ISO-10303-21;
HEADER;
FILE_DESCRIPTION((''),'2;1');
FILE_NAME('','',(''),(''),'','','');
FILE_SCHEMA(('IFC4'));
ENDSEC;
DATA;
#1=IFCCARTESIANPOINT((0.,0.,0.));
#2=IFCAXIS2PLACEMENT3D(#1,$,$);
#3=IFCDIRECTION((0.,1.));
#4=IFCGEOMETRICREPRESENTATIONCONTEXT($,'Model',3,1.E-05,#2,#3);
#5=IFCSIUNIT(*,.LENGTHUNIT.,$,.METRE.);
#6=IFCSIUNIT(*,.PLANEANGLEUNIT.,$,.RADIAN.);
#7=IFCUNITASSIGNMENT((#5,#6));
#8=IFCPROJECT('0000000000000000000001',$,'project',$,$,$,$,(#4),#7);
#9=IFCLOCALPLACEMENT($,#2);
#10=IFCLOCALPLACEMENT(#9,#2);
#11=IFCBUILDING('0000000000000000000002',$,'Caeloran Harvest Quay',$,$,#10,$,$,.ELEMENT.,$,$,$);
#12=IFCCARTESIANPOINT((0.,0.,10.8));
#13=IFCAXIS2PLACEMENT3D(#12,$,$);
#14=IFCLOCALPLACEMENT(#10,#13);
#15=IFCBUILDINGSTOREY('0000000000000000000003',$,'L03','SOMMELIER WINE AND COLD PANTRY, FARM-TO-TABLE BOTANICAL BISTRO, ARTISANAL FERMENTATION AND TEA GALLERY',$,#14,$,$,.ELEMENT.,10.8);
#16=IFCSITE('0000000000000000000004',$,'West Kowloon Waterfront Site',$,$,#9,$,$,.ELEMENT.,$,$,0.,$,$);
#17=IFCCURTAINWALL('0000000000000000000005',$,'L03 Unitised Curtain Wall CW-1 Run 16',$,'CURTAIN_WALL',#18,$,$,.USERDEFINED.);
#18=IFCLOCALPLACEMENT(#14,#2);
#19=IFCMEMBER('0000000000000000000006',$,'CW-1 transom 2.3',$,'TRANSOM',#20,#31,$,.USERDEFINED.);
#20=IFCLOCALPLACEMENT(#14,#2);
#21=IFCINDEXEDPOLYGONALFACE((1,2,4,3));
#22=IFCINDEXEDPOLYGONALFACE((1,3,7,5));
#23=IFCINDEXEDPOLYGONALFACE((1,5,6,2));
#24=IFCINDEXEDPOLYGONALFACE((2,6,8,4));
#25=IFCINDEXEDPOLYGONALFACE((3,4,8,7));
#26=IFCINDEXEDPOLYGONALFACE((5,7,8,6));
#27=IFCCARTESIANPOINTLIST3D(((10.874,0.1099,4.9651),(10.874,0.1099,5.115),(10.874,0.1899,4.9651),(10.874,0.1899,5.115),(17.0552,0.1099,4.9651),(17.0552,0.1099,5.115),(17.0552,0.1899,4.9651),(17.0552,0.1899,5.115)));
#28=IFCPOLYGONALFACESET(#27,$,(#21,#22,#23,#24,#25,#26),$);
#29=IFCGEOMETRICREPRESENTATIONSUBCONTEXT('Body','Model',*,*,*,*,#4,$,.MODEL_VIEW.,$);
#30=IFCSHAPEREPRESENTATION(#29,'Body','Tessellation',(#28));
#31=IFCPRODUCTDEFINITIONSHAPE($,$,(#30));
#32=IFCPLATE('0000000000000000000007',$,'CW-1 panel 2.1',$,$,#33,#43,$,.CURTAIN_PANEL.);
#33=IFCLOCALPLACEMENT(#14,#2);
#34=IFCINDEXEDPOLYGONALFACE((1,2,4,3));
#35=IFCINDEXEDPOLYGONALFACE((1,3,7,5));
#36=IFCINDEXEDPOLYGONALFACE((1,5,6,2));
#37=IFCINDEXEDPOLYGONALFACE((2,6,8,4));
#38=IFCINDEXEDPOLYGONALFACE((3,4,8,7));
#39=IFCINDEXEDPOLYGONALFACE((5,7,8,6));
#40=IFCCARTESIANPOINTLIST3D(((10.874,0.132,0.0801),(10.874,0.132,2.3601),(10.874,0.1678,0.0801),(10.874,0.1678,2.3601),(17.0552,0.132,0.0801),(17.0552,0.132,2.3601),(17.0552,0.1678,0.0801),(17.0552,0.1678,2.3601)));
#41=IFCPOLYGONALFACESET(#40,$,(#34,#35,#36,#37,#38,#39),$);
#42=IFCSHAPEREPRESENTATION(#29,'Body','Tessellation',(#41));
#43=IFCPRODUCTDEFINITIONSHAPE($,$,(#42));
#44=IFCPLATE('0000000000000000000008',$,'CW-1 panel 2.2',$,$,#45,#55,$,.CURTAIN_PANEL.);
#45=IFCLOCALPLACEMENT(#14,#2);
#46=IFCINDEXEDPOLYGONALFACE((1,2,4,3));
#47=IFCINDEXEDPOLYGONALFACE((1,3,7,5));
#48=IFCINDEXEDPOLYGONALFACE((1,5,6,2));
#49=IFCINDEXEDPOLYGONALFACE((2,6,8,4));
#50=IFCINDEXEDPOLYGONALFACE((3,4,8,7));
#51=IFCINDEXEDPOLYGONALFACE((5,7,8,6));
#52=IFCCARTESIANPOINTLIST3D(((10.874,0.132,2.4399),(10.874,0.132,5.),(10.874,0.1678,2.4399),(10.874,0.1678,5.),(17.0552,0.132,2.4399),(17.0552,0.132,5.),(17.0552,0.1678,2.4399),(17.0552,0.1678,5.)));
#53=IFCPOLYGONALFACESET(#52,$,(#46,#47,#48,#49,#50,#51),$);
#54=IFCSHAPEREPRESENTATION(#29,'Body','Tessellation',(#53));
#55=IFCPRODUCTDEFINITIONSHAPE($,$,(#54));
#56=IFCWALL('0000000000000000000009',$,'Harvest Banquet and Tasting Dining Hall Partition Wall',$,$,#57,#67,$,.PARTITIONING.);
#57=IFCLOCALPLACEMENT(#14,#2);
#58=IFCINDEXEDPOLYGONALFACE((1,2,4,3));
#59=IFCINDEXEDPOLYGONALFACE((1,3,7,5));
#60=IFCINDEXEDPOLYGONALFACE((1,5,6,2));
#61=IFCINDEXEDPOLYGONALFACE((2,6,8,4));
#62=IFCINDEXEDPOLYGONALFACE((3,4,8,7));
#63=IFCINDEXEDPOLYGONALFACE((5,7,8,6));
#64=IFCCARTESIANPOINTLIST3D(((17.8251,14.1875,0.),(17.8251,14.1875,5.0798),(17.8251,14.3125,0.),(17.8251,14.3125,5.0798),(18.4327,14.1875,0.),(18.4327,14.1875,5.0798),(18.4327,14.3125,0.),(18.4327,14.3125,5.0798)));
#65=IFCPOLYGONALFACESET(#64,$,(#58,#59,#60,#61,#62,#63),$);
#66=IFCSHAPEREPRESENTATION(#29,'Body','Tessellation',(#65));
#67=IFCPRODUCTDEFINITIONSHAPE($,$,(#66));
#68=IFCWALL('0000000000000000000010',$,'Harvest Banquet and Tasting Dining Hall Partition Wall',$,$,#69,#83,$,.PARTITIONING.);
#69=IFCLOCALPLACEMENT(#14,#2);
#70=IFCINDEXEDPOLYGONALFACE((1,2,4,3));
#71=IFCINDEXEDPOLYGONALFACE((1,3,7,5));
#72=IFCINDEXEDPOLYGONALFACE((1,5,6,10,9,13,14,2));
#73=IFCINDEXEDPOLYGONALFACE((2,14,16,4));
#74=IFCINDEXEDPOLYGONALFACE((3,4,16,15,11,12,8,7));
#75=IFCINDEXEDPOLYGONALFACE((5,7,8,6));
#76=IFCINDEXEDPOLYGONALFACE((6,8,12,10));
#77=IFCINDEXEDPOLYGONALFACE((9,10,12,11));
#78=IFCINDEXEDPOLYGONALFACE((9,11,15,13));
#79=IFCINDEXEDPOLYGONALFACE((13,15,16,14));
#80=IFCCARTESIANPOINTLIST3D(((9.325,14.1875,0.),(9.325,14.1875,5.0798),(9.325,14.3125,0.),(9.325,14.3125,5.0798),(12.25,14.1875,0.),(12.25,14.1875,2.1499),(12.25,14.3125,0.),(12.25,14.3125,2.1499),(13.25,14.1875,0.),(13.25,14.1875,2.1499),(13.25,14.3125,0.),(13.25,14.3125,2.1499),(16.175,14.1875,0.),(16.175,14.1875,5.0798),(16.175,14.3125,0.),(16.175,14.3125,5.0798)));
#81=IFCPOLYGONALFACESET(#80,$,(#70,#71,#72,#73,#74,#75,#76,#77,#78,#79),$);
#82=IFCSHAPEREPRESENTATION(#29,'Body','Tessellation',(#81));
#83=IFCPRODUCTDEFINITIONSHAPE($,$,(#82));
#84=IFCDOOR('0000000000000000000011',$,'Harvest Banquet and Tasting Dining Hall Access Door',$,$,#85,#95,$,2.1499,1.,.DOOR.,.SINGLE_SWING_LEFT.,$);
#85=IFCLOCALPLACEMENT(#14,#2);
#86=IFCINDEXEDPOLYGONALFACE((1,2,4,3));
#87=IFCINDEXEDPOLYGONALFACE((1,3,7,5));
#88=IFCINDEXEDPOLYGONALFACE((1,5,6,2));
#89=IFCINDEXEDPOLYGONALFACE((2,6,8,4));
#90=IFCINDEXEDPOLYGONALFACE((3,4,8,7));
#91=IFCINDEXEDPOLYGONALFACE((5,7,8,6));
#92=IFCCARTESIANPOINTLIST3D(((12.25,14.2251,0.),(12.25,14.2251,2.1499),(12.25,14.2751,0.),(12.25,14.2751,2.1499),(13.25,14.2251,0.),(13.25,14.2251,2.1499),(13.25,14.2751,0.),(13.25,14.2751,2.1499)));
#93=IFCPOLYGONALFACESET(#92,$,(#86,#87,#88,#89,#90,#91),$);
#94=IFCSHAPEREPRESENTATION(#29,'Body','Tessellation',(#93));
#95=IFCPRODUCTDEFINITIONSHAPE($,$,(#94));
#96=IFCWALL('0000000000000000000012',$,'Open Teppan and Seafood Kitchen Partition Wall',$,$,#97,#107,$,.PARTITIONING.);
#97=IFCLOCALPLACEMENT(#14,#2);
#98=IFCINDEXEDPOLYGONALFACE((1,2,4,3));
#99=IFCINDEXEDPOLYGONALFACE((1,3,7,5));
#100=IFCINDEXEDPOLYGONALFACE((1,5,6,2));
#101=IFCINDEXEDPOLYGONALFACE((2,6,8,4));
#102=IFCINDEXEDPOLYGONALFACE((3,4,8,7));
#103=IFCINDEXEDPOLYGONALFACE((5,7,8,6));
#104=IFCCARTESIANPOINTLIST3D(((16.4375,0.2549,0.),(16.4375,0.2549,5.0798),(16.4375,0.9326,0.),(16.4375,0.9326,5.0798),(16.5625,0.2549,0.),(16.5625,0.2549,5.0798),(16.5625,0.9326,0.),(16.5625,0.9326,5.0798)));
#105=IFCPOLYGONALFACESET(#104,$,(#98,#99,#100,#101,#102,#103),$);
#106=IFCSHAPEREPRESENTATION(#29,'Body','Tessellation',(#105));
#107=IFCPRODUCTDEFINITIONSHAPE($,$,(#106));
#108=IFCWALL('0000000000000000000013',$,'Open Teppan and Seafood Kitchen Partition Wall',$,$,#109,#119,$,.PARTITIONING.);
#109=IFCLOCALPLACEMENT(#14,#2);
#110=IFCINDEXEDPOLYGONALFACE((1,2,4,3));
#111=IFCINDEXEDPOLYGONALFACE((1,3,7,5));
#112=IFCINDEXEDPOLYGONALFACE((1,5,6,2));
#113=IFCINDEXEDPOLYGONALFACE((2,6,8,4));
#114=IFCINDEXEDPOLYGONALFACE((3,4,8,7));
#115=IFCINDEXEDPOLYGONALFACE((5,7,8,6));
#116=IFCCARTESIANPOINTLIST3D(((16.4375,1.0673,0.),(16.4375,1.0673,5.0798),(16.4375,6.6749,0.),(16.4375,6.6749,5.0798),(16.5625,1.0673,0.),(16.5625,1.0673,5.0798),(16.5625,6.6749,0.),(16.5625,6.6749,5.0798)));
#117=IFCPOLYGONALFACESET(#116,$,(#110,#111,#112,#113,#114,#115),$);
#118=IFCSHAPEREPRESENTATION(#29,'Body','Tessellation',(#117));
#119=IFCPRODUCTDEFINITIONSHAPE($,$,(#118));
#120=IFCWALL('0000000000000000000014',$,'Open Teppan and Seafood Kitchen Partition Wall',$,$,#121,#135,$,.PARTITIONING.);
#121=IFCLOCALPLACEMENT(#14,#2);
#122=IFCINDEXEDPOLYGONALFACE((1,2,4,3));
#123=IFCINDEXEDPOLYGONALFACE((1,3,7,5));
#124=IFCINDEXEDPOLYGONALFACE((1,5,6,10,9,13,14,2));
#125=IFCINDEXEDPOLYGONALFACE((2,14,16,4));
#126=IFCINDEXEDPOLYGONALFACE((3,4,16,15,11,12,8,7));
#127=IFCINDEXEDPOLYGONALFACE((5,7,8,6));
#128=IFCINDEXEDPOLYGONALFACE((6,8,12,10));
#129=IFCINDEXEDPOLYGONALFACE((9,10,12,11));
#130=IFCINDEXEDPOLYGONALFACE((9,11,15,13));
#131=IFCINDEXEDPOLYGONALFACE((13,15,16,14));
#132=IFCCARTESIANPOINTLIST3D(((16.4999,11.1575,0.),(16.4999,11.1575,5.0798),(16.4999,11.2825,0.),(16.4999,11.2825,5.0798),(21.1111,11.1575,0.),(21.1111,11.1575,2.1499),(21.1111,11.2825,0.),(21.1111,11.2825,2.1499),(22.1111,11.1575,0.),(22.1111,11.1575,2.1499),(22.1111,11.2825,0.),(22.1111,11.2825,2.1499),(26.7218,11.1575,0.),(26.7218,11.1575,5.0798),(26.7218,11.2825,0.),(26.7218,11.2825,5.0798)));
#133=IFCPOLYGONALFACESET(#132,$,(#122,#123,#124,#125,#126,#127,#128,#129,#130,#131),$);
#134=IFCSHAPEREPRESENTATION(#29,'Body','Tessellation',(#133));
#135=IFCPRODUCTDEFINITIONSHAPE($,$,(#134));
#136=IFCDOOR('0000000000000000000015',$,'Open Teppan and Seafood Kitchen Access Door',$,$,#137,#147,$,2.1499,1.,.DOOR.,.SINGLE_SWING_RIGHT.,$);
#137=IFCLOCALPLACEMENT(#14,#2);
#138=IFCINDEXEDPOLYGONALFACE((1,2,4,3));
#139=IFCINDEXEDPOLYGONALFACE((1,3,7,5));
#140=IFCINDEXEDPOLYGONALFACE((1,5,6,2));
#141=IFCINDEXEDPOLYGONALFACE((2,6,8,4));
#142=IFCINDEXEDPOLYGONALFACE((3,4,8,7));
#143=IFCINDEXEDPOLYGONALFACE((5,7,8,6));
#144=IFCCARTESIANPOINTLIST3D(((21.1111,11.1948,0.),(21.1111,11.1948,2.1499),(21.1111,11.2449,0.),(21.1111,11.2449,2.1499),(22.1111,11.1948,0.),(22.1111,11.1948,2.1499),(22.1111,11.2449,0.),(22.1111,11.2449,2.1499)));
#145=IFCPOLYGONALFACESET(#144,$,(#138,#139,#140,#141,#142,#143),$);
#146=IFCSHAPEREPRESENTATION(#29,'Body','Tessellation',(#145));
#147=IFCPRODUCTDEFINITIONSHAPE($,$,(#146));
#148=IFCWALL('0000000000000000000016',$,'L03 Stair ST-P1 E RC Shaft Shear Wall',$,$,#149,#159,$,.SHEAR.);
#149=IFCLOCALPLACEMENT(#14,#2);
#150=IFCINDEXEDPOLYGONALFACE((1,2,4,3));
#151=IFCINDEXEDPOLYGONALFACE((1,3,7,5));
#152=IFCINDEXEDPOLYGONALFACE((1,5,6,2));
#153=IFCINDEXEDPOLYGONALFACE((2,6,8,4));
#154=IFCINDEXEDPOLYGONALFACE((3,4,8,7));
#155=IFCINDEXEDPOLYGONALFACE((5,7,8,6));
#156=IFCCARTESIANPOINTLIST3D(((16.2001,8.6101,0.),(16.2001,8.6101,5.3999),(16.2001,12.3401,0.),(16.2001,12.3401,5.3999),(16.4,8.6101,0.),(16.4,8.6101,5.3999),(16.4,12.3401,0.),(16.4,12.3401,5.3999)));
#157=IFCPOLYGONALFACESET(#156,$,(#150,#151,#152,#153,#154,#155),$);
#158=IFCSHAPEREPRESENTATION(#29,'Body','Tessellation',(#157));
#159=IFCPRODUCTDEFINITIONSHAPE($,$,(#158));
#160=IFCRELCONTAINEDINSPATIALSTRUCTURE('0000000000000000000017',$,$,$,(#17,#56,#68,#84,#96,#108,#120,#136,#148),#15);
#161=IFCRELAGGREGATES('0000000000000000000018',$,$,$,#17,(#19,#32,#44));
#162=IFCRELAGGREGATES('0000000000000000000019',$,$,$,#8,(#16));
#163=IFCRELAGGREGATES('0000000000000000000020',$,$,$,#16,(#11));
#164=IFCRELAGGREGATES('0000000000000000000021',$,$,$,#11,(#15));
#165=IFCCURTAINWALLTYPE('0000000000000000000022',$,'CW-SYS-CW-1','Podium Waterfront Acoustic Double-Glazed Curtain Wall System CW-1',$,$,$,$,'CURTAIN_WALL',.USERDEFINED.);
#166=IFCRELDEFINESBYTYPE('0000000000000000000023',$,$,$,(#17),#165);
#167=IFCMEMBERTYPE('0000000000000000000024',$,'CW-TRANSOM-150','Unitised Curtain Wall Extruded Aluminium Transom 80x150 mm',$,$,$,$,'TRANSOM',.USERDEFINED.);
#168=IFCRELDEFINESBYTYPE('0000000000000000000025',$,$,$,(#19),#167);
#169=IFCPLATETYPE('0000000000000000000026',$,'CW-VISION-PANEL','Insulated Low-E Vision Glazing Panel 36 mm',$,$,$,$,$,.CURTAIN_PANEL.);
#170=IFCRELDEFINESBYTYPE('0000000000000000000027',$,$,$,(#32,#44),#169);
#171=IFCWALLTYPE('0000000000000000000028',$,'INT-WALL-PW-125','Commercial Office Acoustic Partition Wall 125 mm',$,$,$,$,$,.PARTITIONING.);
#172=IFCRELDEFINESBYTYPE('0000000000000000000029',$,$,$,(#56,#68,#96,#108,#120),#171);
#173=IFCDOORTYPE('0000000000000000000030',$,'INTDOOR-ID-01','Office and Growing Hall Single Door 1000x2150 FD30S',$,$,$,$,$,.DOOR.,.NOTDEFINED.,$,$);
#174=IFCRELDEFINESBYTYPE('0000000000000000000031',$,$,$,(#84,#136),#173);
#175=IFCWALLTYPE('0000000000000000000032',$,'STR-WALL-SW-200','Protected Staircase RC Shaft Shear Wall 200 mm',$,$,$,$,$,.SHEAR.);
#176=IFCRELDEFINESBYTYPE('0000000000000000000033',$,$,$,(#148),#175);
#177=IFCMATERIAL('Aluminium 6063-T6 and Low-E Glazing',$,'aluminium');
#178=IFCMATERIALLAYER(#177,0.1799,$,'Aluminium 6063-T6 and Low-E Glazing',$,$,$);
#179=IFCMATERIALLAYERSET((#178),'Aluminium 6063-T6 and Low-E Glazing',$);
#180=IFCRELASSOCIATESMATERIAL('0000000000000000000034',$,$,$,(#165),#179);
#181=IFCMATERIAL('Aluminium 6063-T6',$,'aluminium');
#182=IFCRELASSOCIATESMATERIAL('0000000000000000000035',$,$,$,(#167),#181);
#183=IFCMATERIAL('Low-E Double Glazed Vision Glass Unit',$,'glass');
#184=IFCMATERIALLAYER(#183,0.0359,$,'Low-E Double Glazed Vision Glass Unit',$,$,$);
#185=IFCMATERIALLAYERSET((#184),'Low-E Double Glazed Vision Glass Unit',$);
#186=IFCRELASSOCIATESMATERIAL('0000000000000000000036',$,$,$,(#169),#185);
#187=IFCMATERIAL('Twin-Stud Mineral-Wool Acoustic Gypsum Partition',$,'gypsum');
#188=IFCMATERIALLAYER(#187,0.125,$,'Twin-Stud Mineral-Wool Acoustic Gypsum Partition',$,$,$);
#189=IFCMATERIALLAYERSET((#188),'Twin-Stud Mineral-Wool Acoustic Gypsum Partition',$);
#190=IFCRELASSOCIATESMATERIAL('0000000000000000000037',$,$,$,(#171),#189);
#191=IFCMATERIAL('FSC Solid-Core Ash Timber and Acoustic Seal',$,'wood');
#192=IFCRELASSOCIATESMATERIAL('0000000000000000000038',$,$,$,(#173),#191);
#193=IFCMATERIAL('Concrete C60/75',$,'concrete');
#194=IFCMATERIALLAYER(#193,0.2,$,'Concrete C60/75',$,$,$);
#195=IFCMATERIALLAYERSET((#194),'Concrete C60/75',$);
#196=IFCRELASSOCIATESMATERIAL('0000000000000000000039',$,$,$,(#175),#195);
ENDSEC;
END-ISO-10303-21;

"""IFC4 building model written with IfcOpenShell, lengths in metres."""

from ifc_helpers import new_model, si_unit, direction, frame, frame_2d, origin, origin_2d, place, context, subcontext, project, spatial, rectangle, extrude, material, layer, layer_set, material_profile, profile_set, type_object, element, fill, aggregate, save


model = new_model("IFC4")

# Units and contexts
model_context = context("Model", 3, precision=1e-05, world=origin(), true_north=direction((0.0, 1.0)))
body_context = subcontext(model_context, "Body", "Model", "MODEL_VIEW")
ifc_project = project(units=[si_unit("LENGTHUNIT", "METRE"), si_unit("PLANEANGLEUNIT", "RADIAN")], contexts=[model_context])

# Site, building, storey
site_placement = place(None, origin())
site = spatial("IfcSite", under=ifc_project, at=site_placement, Name="West Kowloon Waterfront Site", CompositionType="ELEMENT", RefElevation=0.0)
building_placement = place(site_placement, origin())
building = spatial("IfcBuilding", under=site, at=building_placement, Name="Caeloran Harvest Quay", CompositionType="ELEMENT")
storey_placement = place(building_placement, frame((0.0, 0.0, 10.8)))
storey = spatial("IfcBuildingStorey", under=building, at=storey_placement, Name="L03", Description="SOMMELIER WINE AND COLD PANTRY, FARM-TO-TABLE BOTANICAL BISTRO, ARTISANAL FERMENTATION AND TEA GALLERY", CompositionType="ELEMENT", Elevation=10.8)

# Curtain wall, member, plates
ifc_material_1 = material(Name="Aluminium 6063-T6 and Low-E Glazing", Category="aluminium")
ifc_layer_1 = layer(ifc_material_1, 0.1799, Name="Aluminium 6063-T6 and Low-E Glazing")
ifc_layer_set_1 = layer_set([ifc_layer_1], Name="Aluminium 6063-T6 and Low-E Glazing")
curtain_wall_type = type_object("IfcCurtainWallType", Name="CW-SYS-CW-1", Description="Podium Waterfront Acoustic Double-Glazed Curtain Wall System CW-1", ElementType="CURTAIN_WALL", PredefinedType="USERDEFINED", material=ifc_layer_set_1)
curtain_wall_placement = place(storey_placement, origin())
curtain_wall = element("IfcCurtainWall", 1, at=curtain_wall_placement, inside=storey, type_object=curtain_wall_type, Name="L03 Unitised Curtain Wall CW-1 Run 16", ObjectType="CURTAIN_WALL", PredefinedType="USERDEFINED")
ifc_material_2 = material(Name="Aluminium 6063-T6", Category="aluminium")
ifc_material_profile_1 = material_profile(ifc_material_2, rectangle(XDim=0.0801, YDim=0.1499, at=origin_2d()), Name="CW-TRANSOM-150")
ifc_profile_set_1 = profile_set([ifc_material_profile_1], Name="Aluminium 6063-T6")
member_type_1 = type_object("IfcMemberType", Name="CW-TRANSOM-150", Description="Unitised Curtain Wall Extruded Aluminium Transom 80x150 mm", ElementType="TRANSOM", PredefinedType="USERDEFINED", material=ifc_profile_set_1)
member_1_placement = place(storey_placement, frame((17.0552, 0.1499, 5.04), z_axis=(-1.0, 0.0, 0.0), x_axis=(0.0, -1.0, 0.0)))
member_1 = element("IfcMember", 2, at=member_1_placement, type_object=member_type_1, Name="CW-1 transom 2.3", ObjectType="TRANSOM", PredefinedType="USERDEFINED", context=body_context, shape_type="SweptSolid", body=[
    extrude(rectangle(XDim=0.0801, YDim=0.1499, at=origin_2d()), origin(), (0.0, 0.0, 1.0), 6.1812),
])
ifc_material_3 = material(Name="Low-E Double Glazed Vision Glass Unit", Category="glass")
ifc_layer_2 = layer(ifc_material_3, 0.0359, Name="Low-E Double Glazed Vision Glass Unit")
ifc_layer_set_2 = layer_set([ifc_layer_2], Name="Low-E Double Glazed Vision Glass Unit")
plate_type = type_object("IfcPlateType", Name="CW-VISION-PANEL", Description="Insulated Low-E Vision Glazing Panel 36 mm", PredefinedType="CURTAIN_PANEL", material=ifc_layer_set_2)
plate_1_placement = place(storey_placement, frame((13.9646, 0.1499, 0.0801), z_axis=(0.0, 0.0, 1.0), x_axis=(-1.0, 0.0, 0.0)))
plate_1 = element("IfcPlate", 3, at=plate_1_placement, type_object=plate_type, Name="CW-1 panel 2.1", PredefinedType="CURTAIN_PANEL", context=body_context, shape_type="SweptSolid", body=[
    extrude(rectangle(XDim=6.1812, YDim=0.0359, at=origin_2d()), origin(), (0.0, 0.0, 1.0), 2.28),
])
plate_2_placement = place(storey_placement, frame((13.9646, 0.1499, 2.4399), z_axis=(0.0, 0.0, 1.0), x_axis=(-1.0, 0.0, 0.0)))
plate_2 = element("IfcPlate", 4, at=plate_2_placement, type_object=plate_type, Name="CW-1 panel 2.2", PredefinedType="CURTAIN_PANEL", context=body_context, shape_type="SweptSolid", body=[
    extrude(rectangle(XDim=6.1812, YDim=0.0359, at=origin_2d()), origin(), (0.0, 0.0, 1.0), 2.5601),
])
aggregate(curtain_wall, [member_1, plate_1, plate_2])

# Wall
ifc_material_4 = material(Name="Twin-Stud Mineral-Wool Acoustic Gypsum Partition", Category="gypsum")
ifc_layer_3 = layer(ifc_material_4, 0.125, Name="Twin-Stud Mineral-Wool Acoustic Gypsum Partition")
ifc_layer_set_3 = layer_set([ifc_layer_3], Name="Twin-Stud Mineral-Wool Acoustic Gypsum Partition")
wall_type_1 = type_object("IfcWallType", Name="INT-WALL-PW-125", Description="Commercial Office Acoustic Partition Wall 125 mm", PredefinedType="PARTITIONING", material=ifc_layer_set_3)
wall_1_placement = place(storey_placement, frame((18.4326, 14.25, 0.0), z_axis=(0.0, 0.0, 1.0), x_axis=(-1.0, 0.0, 0.0)))
element("IfcWall", 5, at=wall_1_placement, inside=storey, type_object=wall_type_1, Name="Harvest Banquet and Tasting Dining Hall Partition Wall", PredefinedType="PARTITIONING", context=body_context, shape_type="SweptSolid", body=[
    extrude(rectangle(XDim=0.6077, YDim=0.125, at=frame_2d((0.3037, 0.0))), origin(), (0.0, 0.0, 1.0), 5.0798),
])

# Wall, opening, door
wall_2_placement = place(storey_placement, frame((16.175, 14.25, 0.0), z_axis=(0.0, 0.0, 1.0), x_axis=(-1.0, 0.0, 0.0)))
wall_2 = element("IfcWall", 6, at=wall_2_placement, inside=storey, type_object=wall_type_1, Name="Harvest Banquet and Tasting Dining Hall Partition Wall", PredefinedType="PARTITIONING", context=body_context, shape_type="SweptSolid", body=[
    extrude(rectangle(XDim=6.8501, YDim=0.125, at=frame_2d((3.425, 0.0))), origin(), (0.0, 0.0, 1.0), 5.0798),
])
opening_1_placement = place(wall_2_placement, frame((2.925, 0.0, 0.0)))
opening_1 = element("IfcOpeningElement", 7, at=opening_1_placement, cuts=wall_2, PredefinedType="OPENING", context=body_context, shape_type="SweptSolid", body=[
    extrude(rectangle(XDim=1.0, YDim=2.1499, at=frame_2d((0.5, 1.075))), frame((0.0, 0.0725, 0.0), z_axis=(0.0, -1.0, 0.0), x_axis=(1.0, 0.0, 0.0)), (0.0, 0.0, 1.0), 0.145),
])
ifc_material_5 = material(Name="FSC Solid-Core Ash Timber and Acoustic Seal", Category="wood")
door_type = type_object("IfcDoorType", Name="INTDOOR-ID-01", Description="Office and Growing Hall Single Door 1000x2150 FD30S", OperationType="NOTDEFINED", PredefinedType="DOOR", material=ifc_material_5)
door_1_placement = place(opening_1_placement, origin())
door_1 = element("IfcDoor", 8, at=door_1_placement, inside=storey, type_object=door_type, Name="Harvest Banquet and Tasting Dining Hall Access Door", OperationType="SINGLE_SWING_LEFT", OverallHeight=2.1499, OverallWidth=1.0, PredefinedType="DOOR", context=body_context, shape_type="SweptSolid", body=[
    extrude(rectangle(XDim=1.0, YDim=2.1499, at=frame_2d((0.5, 1.075))), frame((0.0, 0.0249, 0.0), z_axis=(0.0, -1.0, 0.0), x_axis=(1.0, 0.0, 0.0)), (0.0, 0.0, 1.0), 0.05),
])
fill(opening_1, door_1)

# Walls
wall_3_placement = place(storey_placement, frame((16.5, 0.2549, 0.0), z_axis=(0.0, 0.0, 1.0), x_axis=(0.0, 1.0, 0.0)))
element("IfcWall", 9, at=wall_3_placement, inside=storey, type_object=wall_type_1, Name="Open Teppan and Seafood Kitchen Partition Wall", PredefinedType="PARTITIONING", context=body_context, shape_type="SweptSolid", body=[
    extrude(rectangle(XDim=0.6777, YDim=0.125, at=frame_2d((0.3389, 0.0))), origin(), (0.0, 0.0, 1.0), 5.0798),
])
wall_4_placement = place(storey_placement, frame((16.5, 1.0674, 0.0), z_axis=(0.0, 0.0, 1.0), x_axis=(0.0, 1.0, 0.0)))
element("IfcWall", 10, at=wall_4_placement, inside=storey, type_object=wall_type_1, Name="Open Teppan and Seafood Kitchen Partition Wall", PredefinedType="PARTITIONING", context=body_context, shape_type="SweptSolid", body=[
    extrude(rectangle(XDim=5.6077, YDim=0.125, at=frame_2d((2.8037, 0.0))), origin(), (0.0, 0.0, 1.0), 5.0798),
])

# Wall, opening, door
wall_5_placement = place(storey_placement, frame((16.5, 11.22, 0.0), z_axis=(0.0, 0.0, 1.0), x_axis=(1.0, 0.0, 0.0)))
wall_5 = element("IfcWall", 11, at=wall_5_placement, inside=storey, type_object=wall_type_1, Name="Open Teppan and Seafood Kitchen Partition Wall", PredefinedType="PARTITIONING", context=body_context, shape_type="SweptSolid", body=[
    extrude(rectangle(XDim=10.2219, YDim=0.125, at=frame_2d((5.1108, 0.0))), origin(), (0.0, 0.0, 1.0), 5.0798),
])
opening_2_placement = place(wall_5_placement, frame((4.6111, 0.0, 0.0)))
opening_2 = element("IfcOpeningElement", 12, at=opening_2_placement, cuts=wall_5, PredefinedType="OPENING", context=body_context, shape_type="SweptSolid", body=[
    extrude(rectangle(XDim=1.0, YDim=2.1499, at=frame_2d((0.5, 1.075))), frame((0.0, 0.0725, 0.0), z_axis=(0.0, -1.0, 0.0), x_axis=(1.0, 0.0, 0.0)), (0.0, 0.0, 1.0), 0.145),
])
door_2_placement = place(opening_2_placement, origin())
door_2 = element("IfcDoor", 13, at=door_2_placement, inside=storey, type_object=door_type, Name="Open Teppan and Seafood Kitchen Access Door", OperationType="SINGLE_SWING_RIGHT", OverallHeight=2.1499, OverallWidth=1.0, PredefinedType="DOOR", context=body_context, shape_type="SweptSolid", body=[
    extrude(rectangle(XDim=1.0, YDim=2.1499, at=frame_2d((0.5, 1.075))), frame((0.0, 0.0249, 0.0), z_axis=(0.0, -1.0, 0.0), x_axis=(1.0, 0.0, 0.0)), (0.0, 0.0, 1.0), 0.05),
])
fill(opening_2, door_2)

# Wall
ifc_material_6 = material(Name="Concrete C60/75", Category="concrete")
ifc_layer_4 = layer(ifc_material_6, 0.2, Name="Concrete C60/75")
ifc_layer_set_4 = layer_set([ifc_layer_4], Name="Concrete C60/75")
wall_type_2 = type_object("IfcWallType", Name="STR-WALL-SW-200", Description="Protected Staircase RC Shaft Shear Wall 200 mm", PredefinedType="SHEAR", material=ifc_layer_set_4)
wall_6_placement = place(storey_placement, frame((16.3, 8.6101, 0.0), z_axis=(0.0, 0.0, 1.0), x_axis=(0.0, 1.0, 0.0)))
element("IfcWall", 14, at=wall_6_placement, inside=storey, type_object=wall_type_2, Name="L03 Stair ST-P1 E RC Shaft Shear Wall", PredefinedType="SHEAR", context=body_context, shape_type="SweptSolid", body=[
    extrude(rectangle(XDim=3.73, YDim=0.2, at=frame_2d((1.865, 0.0))), origin(), (0.0, 0.0, 1.0), 5.3999),
])

save(model, "model.ifc")
